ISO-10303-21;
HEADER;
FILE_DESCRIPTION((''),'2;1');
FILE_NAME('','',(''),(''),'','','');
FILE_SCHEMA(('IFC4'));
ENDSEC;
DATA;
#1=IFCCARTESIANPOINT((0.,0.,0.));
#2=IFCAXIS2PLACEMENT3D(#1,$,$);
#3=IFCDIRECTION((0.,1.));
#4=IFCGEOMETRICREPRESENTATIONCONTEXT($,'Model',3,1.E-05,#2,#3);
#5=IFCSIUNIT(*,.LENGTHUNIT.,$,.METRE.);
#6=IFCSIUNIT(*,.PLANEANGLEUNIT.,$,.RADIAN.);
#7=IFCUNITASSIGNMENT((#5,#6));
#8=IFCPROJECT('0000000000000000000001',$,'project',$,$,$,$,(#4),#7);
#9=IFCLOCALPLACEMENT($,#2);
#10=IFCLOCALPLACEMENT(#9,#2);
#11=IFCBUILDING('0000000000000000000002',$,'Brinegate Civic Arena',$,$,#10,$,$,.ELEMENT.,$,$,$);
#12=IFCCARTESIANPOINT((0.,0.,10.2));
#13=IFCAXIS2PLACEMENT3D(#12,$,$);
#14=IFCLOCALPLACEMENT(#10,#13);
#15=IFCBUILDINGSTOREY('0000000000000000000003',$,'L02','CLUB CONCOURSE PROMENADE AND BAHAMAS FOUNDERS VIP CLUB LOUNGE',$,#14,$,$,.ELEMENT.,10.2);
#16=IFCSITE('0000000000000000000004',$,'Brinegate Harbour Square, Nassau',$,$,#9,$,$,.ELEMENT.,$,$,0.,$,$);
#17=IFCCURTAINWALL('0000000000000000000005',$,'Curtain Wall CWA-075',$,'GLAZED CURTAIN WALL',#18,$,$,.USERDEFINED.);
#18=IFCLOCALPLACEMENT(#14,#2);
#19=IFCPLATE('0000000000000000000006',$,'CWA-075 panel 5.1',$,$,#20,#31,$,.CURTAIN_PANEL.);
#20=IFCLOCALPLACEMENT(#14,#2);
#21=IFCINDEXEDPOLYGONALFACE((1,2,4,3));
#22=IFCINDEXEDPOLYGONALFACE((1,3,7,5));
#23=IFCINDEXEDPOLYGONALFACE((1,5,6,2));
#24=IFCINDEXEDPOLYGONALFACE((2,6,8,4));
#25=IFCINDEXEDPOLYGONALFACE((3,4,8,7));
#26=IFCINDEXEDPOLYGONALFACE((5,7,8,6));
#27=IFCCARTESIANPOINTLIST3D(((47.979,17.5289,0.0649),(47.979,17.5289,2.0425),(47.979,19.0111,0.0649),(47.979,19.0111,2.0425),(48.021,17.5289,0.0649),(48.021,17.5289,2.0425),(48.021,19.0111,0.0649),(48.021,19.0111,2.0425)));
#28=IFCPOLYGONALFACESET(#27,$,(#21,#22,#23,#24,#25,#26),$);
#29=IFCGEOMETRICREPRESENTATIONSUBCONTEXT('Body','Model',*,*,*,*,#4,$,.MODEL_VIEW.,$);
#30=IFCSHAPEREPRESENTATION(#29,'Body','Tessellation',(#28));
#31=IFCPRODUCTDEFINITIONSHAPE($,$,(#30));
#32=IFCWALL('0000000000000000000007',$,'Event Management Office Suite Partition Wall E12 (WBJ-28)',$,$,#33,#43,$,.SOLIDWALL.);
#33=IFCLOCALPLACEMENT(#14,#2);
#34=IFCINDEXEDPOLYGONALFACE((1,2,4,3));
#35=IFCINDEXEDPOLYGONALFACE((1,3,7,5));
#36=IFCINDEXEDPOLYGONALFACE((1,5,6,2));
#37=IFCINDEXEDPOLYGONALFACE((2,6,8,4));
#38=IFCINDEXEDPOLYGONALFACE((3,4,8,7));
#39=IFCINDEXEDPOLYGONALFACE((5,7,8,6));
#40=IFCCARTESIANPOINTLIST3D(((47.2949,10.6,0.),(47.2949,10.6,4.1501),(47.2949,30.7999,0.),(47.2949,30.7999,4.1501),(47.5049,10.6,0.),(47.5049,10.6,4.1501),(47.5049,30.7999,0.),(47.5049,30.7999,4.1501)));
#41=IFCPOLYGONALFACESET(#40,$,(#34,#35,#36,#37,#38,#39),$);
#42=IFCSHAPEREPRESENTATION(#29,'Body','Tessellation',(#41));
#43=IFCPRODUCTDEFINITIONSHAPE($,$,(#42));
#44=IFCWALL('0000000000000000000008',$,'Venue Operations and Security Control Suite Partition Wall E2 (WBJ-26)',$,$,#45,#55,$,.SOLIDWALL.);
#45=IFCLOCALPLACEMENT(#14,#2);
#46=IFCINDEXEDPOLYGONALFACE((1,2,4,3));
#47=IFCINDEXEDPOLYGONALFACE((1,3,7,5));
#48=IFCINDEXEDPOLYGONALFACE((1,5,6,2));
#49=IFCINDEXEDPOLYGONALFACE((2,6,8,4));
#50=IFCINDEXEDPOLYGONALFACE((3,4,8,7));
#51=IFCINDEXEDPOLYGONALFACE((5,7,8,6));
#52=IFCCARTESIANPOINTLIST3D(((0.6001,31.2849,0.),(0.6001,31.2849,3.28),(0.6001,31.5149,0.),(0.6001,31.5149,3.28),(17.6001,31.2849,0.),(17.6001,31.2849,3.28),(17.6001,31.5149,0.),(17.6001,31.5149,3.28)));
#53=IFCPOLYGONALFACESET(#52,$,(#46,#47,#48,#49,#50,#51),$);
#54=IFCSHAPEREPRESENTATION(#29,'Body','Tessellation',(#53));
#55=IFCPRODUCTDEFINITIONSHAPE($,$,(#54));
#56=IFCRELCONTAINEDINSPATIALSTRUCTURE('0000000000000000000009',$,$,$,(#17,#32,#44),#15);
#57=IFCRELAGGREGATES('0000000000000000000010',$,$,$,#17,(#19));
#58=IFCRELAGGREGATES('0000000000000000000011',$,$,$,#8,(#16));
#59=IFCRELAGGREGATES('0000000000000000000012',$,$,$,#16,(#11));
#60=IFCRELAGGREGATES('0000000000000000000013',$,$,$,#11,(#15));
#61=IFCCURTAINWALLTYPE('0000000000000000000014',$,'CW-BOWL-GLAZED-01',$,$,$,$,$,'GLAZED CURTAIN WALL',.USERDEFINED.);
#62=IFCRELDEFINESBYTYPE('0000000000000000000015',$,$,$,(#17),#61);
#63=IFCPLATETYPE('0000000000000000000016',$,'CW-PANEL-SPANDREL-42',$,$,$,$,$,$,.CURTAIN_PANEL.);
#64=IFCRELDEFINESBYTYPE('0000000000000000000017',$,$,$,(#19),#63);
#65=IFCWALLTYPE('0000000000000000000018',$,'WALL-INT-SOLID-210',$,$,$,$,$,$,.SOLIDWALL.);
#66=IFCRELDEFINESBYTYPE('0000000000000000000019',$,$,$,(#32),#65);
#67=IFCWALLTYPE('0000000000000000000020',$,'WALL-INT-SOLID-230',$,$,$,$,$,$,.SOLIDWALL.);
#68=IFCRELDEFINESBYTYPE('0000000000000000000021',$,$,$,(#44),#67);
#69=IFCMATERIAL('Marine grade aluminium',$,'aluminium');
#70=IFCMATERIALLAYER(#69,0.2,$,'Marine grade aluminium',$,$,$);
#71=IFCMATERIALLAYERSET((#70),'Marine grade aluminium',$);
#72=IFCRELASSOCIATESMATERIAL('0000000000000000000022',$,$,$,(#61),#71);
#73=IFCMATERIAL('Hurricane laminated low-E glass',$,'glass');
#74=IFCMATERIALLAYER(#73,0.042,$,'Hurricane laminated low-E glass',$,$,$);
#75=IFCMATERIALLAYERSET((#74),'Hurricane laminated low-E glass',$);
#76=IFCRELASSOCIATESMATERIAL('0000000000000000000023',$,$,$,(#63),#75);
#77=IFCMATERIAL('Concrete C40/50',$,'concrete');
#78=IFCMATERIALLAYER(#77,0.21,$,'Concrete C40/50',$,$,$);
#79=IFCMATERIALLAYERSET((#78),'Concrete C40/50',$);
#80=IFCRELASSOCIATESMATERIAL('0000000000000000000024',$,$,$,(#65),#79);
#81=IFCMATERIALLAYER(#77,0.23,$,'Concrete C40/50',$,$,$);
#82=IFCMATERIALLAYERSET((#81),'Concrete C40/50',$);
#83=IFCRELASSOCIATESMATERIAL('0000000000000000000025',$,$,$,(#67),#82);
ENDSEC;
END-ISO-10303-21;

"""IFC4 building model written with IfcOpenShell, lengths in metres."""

from ifc_helpers import new_model, si_unit, direction, frame, frame_2d, origin, origin_2d, place, context, subcontext, project, spatial, rectangle, extrude, material, layer, layer_set, type_object, element, aggregate, save


model = new_model("IFC4")

# Units and contexts
model_context = context("Model", 3, precision=1e-05, world=origin(), true_north=direction((0.0, 1.0)))
body_context = subcontext(model_context, "Body", "Model", "MODEL_VIEW")
ifc_project = project(units=[si_unit("LENGTHUNIT", "METRE"), si_unit("PLANEANGLEUNIT", "RADIAN")], contexts=[model_context])

# Site, building, storey
site_placement = place(None, origin())
site = spatial("IfcSite", under=ifc_project, at=site_placement, Name="Brinegate Harbour Square, Nassau", CompositionType="ELEMENT", RefElevation=0.0)
building_placement = place(site_placement, origin())
building = spatial("IfcBuilding", under=site, at=building_placement, Name="Brinegate Civic Arena", CompositionType="ELEMENT")
storey_placement = place(building_placement, frame((0.0, 0.0, 10.2)))
storey = spatial("IfcBuildingStorey", under=building, at=storey_placement, Name="L02", Description="CLUB CONCOURSE PROMENADE AND BAHAMAS FOUNDERS VIP CLUB LOUNGE", CompositionType="ELEMENT", Elevation=10.2)

# Curtain wall, plate
ifc_material_1 = material(Name="Marine grade aluminium", Category="aluminium")
ifc_layer_1 = layer(ifc_material_1, 0.2, Name="Marine grade aluminium")
ifc_layer_set_1 = layer_set([ifc_layer_1], Name="Marine grade aluminium")
curtain_wall_type = type_object("IfcCurtainWallType", Name="CW-BOWL-GLAZED-01", ElementType="GLAZED CURTAIN WALL", PredefinedType="USERDEFINED", material=ifc_layer_set_1)
curtain_wall_placement = place(storey_placement, origin())
curtain_wall = element("IfcCurtainWall", 1, at=curtain_wall_placement, inside=storey, type_object=curtain_wall_type, Name="Curtain Wall CWA-075", ObjectType="GLAZED CURTAIN WALL", PredefinedType="USERDEFINED")
ifc_material_2 = material(Name="Hurricane laminated low-E glass", Category="glass")
ifc_layer_2 = layer(ifc_material_2, 0.042, Name="Hurricane laminated low-E glass")
ifc_layer_set_2 = layer_set([ifc_layer_2], Name="Hurricane laminated low-E glass")
plate_type = type_object("IfcPlateType", Name="CW-PANEL-SPANDREL-42", PredefinedType="CURTAIN_PANEL", material=ifc_layer_set_2)
plate_1_placement = place(storey_placement, frame((48.0, 18.27, 0.0649), z_axis=(0.0, 0.0, 1.0), x_axis=(0.0, 1.0, 0.0)))
plate_1 = element("IfcPlate", 2, at=plate_1_placement, type_object=plate_type, Name="CWA-075 panel 5.1", PredefinedType="CURTAIN_PANEL", context=body_context, shape_type="SweptSolid", body=[
    extrude(rectangle(XDim=1.4822, YDim=0.042, at=origin_2d()), origin(), (0.0, 0.0, 1.0), 1.9775),
])
aggregate(curtain_wall, [plate_1])

# Shared definitions
ifc_material_3 = material(Name="Concrete C40/50", Category="concrete")
ifc_layer_3 = layer(ifc_material_3, 0.21, Name="Concrete C40/50")
ifc_layer_set_3 = layer_set([ifc_layer_3], Name="Concrete C40/50")
wall_type_1 = type_object("IfcWallType", Name="WALL-INT-SOLID-210", PredefinedType="SOLIDWALL", material=ifc_layer_set_3)

# Walls
wall_1_placement = place(storey_placement, frame((47.3999, 30.8, 0.0), z_axis=(0.0, 0.0, 1.0), x_axis=(0.0, -1.0, 0.0)))
element("IfcWall", 3, at=wall_1_placement, inside=storey, type_object=wall_type_1, Name="Event Management Office Suite Partition Wall E12 (WBJ-28)", PredefinedType="SOLIDWALL", context=body_context, shape_type="SweptSolid", body=[
    extrude(rectangle(XDim=20.2, YDim=0.21, at=frame_2d((10.1001, 0.0))), origin(), (0.0, 0.0, 1.0), 4.1501),
])
ifc_layer_4 = layer(ifc_material_3, 0.23, Name="Concrete C40/50")
ifc_layer_set_4 = layer_set([ifc_layer_4], Name="Concrete C40/50")
wall_type_2 = type_object("IfcWallType", Name="WALL-INT-SOLID-230", PredefinedType="SOLIDWALL", material=ifc_layer_set_4)
wall_2_placement = place(storey_placement, frame((17.6001, 31.3999, 0.0), z_axis=(0.0, 0.0, 1.0), x_axis=(-1.0, 0.0, 0.0)))
element("IfcWall", 4, at=wall_2_placement, inside=storey, type_object=wall_type_2, Name="Venue Operations and Security Control Suite Partition Wall E2 (WBJ-26)", PredefinedType="SOLIDWALL", context=body_context, shape_type="SweptSolid", body=[
    extrude(rectangle(XDim=17.0, YDim=0.23, at=frame_2d((8.5, 0.0))), origin(), (0.0, 0.0, 1.0), 3.28),
])

save(model, "model.ifc")
